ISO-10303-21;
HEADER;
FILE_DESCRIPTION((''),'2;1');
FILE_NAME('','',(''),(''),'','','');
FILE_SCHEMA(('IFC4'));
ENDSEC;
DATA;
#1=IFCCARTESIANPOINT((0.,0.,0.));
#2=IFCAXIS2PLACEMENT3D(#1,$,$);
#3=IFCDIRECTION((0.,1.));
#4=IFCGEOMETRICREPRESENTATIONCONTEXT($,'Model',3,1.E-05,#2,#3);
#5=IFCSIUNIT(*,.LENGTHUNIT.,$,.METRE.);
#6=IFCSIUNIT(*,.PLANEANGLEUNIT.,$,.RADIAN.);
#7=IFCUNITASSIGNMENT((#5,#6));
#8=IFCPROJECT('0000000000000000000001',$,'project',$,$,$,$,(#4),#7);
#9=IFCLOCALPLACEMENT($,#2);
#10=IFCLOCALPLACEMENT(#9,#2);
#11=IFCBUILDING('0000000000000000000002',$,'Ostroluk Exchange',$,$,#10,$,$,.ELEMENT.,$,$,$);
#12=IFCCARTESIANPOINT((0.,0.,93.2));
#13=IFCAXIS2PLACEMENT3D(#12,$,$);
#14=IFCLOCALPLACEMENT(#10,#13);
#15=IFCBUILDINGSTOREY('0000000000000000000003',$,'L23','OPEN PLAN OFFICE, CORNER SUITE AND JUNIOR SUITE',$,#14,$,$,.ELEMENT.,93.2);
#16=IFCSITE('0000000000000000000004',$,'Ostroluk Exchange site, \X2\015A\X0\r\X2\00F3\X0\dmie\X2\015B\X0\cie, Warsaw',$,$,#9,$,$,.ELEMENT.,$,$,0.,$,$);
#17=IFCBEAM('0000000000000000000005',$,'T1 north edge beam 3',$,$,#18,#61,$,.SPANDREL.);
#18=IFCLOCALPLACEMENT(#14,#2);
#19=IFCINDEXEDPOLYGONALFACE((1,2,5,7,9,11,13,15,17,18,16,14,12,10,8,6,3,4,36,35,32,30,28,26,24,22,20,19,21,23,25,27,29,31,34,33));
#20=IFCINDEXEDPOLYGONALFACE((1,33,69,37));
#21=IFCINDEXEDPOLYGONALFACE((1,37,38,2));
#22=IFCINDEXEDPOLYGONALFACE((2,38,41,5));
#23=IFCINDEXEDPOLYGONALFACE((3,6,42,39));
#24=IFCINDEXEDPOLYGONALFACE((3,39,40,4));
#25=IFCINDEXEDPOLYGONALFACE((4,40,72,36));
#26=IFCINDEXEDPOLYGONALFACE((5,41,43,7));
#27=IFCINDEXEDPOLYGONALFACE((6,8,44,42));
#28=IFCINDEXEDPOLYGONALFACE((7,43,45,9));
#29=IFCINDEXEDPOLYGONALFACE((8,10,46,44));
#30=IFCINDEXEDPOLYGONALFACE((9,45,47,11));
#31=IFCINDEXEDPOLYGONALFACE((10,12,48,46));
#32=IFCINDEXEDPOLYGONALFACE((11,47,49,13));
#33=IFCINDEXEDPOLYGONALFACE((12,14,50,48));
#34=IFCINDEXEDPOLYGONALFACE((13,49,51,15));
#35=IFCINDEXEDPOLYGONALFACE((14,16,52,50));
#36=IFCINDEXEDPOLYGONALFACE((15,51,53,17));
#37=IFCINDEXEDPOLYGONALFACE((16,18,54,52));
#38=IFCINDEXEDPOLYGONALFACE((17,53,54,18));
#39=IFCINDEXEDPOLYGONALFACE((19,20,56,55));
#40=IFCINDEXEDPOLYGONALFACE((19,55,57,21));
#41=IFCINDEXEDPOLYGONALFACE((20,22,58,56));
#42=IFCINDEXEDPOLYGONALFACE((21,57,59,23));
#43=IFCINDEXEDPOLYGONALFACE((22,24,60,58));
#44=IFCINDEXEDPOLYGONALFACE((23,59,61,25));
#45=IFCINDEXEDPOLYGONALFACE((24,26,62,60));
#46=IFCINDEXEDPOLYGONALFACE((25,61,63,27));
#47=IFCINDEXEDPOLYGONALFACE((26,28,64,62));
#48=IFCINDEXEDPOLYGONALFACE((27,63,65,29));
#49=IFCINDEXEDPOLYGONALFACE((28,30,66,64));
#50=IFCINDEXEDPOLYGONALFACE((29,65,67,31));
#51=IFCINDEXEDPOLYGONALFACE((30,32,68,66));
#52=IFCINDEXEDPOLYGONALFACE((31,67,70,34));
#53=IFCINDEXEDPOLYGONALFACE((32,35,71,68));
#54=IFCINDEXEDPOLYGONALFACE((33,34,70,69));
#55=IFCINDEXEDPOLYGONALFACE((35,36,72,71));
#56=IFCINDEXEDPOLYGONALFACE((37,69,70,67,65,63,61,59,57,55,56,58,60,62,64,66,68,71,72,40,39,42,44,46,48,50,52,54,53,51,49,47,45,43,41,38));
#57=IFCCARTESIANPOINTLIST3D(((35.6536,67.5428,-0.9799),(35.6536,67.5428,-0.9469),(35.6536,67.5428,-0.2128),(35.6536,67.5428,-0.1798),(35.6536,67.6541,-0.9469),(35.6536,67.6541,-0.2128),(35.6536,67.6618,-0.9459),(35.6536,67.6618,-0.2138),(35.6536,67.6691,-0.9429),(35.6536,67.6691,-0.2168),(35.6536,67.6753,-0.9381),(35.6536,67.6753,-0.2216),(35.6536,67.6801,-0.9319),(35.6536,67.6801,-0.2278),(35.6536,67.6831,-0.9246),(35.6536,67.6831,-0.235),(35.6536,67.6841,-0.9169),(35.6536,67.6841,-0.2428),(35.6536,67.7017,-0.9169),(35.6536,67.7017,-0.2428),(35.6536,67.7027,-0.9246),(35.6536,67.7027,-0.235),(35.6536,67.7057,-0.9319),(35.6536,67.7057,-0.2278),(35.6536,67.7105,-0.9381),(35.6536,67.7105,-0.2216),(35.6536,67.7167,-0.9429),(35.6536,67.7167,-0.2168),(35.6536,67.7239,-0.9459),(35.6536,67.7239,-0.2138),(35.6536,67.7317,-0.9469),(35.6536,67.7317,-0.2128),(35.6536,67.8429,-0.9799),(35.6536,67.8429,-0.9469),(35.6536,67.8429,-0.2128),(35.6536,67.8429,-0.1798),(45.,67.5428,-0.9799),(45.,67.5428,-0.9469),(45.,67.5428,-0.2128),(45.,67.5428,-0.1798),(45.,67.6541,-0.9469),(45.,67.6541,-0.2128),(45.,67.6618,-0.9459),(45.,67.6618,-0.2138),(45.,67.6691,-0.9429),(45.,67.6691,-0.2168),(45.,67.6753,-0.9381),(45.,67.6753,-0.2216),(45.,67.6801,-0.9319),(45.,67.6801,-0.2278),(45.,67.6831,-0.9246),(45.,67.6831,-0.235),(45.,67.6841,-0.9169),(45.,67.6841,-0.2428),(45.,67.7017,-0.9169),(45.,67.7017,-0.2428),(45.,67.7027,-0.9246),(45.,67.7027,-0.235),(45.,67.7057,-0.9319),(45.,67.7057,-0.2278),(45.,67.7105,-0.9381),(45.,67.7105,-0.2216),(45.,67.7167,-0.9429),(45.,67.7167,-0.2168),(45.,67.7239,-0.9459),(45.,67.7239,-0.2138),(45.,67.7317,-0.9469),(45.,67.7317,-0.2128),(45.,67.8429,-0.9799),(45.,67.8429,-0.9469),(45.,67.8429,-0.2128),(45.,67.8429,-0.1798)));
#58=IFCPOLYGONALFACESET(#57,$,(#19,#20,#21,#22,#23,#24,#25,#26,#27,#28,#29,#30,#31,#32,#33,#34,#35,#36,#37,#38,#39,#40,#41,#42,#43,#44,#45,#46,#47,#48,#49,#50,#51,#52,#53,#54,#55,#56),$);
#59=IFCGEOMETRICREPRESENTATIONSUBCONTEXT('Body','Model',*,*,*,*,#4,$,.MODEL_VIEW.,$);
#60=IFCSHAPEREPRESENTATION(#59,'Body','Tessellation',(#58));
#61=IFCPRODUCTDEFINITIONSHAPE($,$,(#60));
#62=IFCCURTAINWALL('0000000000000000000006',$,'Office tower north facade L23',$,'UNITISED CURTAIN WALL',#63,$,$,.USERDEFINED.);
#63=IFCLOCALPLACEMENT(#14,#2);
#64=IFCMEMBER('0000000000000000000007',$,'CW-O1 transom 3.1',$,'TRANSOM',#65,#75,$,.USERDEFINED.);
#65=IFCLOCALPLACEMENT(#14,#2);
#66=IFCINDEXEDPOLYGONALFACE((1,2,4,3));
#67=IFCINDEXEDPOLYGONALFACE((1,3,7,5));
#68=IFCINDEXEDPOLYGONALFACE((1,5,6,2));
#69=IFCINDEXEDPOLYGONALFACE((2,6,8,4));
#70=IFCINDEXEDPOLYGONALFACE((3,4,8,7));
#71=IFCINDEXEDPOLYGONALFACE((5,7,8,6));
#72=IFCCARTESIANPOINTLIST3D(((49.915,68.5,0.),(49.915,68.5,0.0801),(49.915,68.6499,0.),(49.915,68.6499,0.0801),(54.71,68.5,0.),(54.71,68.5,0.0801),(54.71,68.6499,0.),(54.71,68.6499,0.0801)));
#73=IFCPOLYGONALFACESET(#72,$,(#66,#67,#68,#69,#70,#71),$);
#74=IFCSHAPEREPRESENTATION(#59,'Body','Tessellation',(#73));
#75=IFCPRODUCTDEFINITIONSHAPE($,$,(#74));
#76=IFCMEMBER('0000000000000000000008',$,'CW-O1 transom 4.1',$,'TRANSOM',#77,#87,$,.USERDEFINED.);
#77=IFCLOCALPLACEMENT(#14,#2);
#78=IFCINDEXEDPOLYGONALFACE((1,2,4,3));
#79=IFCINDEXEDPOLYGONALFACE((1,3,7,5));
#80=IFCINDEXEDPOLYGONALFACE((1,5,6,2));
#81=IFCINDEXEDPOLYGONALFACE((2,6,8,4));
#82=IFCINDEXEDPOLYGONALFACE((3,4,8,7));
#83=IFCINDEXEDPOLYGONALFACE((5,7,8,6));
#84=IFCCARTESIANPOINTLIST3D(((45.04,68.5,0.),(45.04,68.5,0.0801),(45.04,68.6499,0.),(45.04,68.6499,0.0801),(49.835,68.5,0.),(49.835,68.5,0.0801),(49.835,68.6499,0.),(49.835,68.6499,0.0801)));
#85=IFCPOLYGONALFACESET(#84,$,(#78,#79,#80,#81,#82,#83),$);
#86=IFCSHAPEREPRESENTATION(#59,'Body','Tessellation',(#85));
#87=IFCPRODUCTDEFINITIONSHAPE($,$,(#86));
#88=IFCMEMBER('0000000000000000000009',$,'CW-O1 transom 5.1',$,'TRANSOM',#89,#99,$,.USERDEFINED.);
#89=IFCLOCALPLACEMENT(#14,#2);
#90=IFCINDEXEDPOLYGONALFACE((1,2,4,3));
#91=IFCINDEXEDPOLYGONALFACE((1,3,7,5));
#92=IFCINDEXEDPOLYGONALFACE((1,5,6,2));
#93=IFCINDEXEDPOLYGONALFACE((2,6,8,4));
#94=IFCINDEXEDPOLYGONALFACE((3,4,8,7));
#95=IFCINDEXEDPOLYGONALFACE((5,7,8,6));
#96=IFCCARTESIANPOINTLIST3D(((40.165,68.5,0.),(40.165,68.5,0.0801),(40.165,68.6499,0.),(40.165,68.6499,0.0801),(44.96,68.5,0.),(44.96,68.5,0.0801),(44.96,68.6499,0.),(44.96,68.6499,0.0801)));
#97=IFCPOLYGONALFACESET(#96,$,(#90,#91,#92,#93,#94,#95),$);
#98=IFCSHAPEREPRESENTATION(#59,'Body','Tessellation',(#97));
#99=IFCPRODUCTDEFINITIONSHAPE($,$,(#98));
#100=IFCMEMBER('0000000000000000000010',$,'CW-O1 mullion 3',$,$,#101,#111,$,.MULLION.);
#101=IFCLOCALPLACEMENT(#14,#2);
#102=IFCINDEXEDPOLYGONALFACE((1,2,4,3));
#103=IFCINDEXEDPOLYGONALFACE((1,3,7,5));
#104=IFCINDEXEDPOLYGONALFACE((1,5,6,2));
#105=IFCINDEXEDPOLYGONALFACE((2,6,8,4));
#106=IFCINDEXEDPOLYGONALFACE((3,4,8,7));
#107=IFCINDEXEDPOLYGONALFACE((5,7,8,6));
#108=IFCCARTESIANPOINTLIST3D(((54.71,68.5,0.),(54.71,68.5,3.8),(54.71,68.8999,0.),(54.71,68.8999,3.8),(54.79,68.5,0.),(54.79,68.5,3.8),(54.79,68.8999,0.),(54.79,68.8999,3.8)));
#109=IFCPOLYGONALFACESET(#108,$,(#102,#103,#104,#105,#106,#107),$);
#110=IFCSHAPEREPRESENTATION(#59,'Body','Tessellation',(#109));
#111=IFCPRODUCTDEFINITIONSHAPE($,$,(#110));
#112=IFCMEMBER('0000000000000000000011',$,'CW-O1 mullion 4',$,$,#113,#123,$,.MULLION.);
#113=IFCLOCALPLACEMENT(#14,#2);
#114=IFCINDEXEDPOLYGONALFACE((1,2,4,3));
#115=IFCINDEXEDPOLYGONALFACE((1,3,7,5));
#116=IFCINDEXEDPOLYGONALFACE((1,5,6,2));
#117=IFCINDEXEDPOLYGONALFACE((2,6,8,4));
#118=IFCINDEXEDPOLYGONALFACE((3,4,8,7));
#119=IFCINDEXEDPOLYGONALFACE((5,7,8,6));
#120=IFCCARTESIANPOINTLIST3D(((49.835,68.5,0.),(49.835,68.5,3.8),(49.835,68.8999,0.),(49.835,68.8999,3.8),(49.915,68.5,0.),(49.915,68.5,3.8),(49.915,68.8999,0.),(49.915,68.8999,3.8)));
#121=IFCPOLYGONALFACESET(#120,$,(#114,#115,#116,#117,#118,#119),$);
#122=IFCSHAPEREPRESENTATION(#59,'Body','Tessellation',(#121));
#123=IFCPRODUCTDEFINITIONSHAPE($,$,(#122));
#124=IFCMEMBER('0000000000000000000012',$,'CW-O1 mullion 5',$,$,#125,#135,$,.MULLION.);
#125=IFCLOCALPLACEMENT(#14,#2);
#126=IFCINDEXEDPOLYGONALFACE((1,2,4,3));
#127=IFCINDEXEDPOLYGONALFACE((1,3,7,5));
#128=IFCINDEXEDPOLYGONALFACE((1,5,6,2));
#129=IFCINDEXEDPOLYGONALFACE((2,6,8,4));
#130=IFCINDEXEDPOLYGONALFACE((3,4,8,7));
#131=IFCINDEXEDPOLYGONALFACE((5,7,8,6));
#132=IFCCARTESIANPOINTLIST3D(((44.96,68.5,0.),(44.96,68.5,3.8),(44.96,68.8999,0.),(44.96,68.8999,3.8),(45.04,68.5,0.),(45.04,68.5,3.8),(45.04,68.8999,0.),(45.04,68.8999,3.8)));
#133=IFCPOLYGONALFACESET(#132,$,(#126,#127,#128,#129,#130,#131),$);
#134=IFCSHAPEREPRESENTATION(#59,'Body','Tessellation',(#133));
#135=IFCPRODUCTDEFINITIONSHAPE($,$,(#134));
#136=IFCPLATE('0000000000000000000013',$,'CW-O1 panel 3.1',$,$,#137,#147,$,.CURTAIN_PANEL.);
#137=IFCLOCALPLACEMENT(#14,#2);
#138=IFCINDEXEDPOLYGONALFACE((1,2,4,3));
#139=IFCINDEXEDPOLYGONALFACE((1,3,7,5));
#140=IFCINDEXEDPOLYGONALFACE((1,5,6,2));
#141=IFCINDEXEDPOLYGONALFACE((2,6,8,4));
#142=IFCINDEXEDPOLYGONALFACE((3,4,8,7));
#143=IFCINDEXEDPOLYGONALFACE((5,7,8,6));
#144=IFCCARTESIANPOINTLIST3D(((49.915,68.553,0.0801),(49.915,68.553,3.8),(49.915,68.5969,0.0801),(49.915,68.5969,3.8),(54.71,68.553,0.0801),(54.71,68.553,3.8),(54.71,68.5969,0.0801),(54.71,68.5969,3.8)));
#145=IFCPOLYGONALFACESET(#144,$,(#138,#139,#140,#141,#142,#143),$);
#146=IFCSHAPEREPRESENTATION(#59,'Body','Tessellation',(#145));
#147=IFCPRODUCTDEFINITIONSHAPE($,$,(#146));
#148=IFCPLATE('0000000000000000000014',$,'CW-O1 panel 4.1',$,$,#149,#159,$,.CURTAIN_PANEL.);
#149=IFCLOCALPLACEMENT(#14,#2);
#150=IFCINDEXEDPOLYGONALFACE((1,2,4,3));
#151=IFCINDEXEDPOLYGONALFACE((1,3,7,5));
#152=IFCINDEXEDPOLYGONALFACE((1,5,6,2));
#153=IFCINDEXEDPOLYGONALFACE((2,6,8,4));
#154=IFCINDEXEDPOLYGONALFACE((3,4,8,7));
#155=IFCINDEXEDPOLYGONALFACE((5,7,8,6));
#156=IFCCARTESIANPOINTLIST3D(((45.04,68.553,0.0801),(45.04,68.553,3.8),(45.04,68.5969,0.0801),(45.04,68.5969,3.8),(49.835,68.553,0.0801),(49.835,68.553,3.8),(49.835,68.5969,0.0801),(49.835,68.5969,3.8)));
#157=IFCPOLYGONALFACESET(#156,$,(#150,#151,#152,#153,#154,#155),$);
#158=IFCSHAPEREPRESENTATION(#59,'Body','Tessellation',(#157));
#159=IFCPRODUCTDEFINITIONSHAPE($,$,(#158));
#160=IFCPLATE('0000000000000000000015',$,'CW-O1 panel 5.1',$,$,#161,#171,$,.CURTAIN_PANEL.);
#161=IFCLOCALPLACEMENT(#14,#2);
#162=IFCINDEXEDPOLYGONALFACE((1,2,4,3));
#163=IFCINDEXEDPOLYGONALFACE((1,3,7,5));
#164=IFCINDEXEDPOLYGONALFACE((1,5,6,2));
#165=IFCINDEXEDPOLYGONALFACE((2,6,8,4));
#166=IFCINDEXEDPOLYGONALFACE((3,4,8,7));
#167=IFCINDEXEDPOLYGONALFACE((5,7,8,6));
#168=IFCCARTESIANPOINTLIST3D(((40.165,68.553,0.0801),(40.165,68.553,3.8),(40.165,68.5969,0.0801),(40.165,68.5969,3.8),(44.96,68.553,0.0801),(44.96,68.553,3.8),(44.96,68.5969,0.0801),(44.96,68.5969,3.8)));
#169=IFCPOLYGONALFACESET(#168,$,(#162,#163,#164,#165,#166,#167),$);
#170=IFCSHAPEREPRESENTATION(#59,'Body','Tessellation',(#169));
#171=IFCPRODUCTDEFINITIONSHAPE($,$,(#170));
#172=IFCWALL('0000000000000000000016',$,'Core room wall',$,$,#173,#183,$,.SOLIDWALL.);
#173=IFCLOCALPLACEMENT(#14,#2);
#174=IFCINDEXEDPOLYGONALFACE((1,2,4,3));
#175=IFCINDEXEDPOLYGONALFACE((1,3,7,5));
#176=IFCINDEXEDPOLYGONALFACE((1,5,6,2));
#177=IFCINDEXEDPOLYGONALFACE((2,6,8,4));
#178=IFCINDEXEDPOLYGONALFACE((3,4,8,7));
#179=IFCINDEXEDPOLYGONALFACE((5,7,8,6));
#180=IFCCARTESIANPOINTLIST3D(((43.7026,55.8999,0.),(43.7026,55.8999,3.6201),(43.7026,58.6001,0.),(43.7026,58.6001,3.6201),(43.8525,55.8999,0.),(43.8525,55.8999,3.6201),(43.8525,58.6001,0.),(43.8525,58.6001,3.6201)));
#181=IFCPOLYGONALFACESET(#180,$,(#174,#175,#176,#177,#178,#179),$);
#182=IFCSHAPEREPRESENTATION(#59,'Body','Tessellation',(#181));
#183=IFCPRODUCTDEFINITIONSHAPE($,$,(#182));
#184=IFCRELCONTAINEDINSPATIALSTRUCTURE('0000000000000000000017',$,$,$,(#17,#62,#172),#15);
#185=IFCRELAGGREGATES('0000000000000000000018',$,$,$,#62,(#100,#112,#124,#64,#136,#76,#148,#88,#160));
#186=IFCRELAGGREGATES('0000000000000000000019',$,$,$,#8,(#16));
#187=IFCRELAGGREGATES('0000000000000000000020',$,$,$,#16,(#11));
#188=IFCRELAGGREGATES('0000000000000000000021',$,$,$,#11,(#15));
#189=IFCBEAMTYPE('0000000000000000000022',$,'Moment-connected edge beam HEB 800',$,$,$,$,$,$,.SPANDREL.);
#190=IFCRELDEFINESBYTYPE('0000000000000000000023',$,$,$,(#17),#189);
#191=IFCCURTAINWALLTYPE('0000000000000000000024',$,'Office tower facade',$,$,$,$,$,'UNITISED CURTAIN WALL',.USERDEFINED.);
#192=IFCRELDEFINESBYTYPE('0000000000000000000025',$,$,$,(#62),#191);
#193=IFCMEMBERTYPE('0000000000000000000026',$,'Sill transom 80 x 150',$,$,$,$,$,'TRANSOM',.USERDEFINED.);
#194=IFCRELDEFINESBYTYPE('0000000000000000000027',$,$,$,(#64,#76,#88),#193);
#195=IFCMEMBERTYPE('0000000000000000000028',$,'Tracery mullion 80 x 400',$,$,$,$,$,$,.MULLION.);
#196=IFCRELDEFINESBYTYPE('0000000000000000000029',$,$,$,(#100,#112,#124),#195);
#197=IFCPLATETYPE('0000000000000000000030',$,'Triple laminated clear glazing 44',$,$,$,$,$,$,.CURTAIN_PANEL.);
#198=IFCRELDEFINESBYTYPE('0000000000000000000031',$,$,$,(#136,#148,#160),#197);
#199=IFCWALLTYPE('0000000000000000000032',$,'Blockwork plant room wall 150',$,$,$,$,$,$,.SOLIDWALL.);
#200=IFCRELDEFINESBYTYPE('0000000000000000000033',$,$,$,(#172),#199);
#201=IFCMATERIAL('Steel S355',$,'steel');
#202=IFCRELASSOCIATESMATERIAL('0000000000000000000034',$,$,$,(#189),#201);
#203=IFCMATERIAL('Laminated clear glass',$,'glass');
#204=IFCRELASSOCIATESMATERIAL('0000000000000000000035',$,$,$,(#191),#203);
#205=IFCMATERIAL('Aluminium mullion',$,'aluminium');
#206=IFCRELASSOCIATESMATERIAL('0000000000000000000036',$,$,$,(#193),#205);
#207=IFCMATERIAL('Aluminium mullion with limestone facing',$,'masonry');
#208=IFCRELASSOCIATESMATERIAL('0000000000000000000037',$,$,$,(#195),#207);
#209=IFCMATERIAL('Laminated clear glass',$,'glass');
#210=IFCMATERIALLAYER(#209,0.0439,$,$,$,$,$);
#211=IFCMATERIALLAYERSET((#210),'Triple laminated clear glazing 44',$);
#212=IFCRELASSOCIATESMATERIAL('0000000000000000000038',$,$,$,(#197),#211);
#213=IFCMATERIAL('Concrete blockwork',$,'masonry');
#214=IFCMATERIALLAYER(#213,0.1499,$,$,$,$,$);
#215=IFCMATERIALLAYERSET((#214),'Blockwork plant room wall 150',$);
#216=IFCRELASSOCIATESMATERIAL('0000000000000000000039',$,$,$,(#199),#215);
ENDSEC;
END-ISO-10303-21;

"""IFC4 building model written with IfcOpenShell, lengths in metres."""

from ifc_helpers import new_model, si_unit, direction, frame, frame_2d, origin, origin_2d, place, context, subcontext, project, spatial, rectangle, i_section, extrude, material, layer, layer_set, material_profile, profile_set, type_object, element, aggregate, save


model = new_model("IFC4")

# Units and contexts
model_context = context("Model", 3, precision=1e-05, world=origin(), true_north=direction((0.0, 1.0)))
body_context = subcontext(model_context, "Body", "Model", "MODEL_VIEW")
ifc_project = project(units=[si_unit("LENGTHUNIT", "METRE"), si_unit("PLANEANGLEUNIT", "RADIAN")], contexts=[model_context])

# Site, building, storey
site_placement = place(None, origin())
site = spatial("IfcSite", under=ifc_project, at=site_placement, Name="Ostroluk Exchange site, Śródmieście, Warsaw", CompositionType="ELEMENT", RefElevation=0.0)
building_placement = place(site_placement, origin())
building = spatial("IfcBuilding", under=site, at=building_placement, Name="Ostroluk Exchange", CompositionType="ELEMENT")
storey_placement = place(building_placement, frame((0.0, 0.0, 93.2)))
storey = spatial("IfcBuildingStorey", under=building, at=storey_placement, Name="L23", Description="OPEN PLAN OFFICE, CORNER SUITE AND JUNIOR SUITE", CompositionType="ELEMENT", Elevation=93.2)

# Beam
ifc_material_1 = material(Name="Steel S355", Category="steel")
ifc_material_profile_1 = material_profile(ifc_material_1, i_section(OverallWidth=0.3, OverallDepth=0.8, WebThickness=0.0176, FlangeThickness=0.033, FilletRadius=0.03, at=origin_2d()), Name="HEB 800")
ifc_profile_set_1 = profile_set([ifc_material_profile_1], Name="Steel S355")
beam_type_1 = type_object("IfcBeamType", Name="Moment-connected edge beam HEB 800", PredefinedType="SPANDREL", material=ifc_profile_set_1)
for number, where, z_axis, x_axis, name in (
    (1, (45.0, 67.6929, -0.5798), (-1.0, 0.0, 0.0), (0.0, -1.0, 0.0), "T1 north edge beam 3"),
):
    element("IfcBeam", number, at=place(storey_placement, frame(where, z_axis=z_axis, x_axis=x_axis)), inside=storey, type_object=beam_type_1, Name=name, PredefinedType="SPANDREL", context=body_context, shape_type="SweptSolid", body=[
        extrude(i_section(OverallWidth=0.3, OverallDepth=0.8, WebThickness=0.0176, FlangeThickness=0.033, FilletRadius=0.03, at=origin_2d()), origin(), (0.0, 0.0, 1.0), 9.3464),
    ])

# Curtain wall, members, plates
ifc_material_2 = material(Name="Laminated clear glass", Category="glass")
curtain_wall_type = type_object("IfcCurtainWallType", Name="Office tower facade", ElementType="UNITISED CURTAIN WALL", PredefinedType="USERDEFINED", material=ifc_material_2)
curtain_wall_placement = place(storey_placement, origin())
curtain_wall = element("IfcCurtainWall", 2, at=curtain_wall_placement, inside=storey, type_object=curtain_wall_type, Name="Office tower north facade L23", ObjectType="UNITISED CURTAIN WALL", PredefinedType="USERDEFINED")
ifc_material_3 = material(Name="Aluminium mullion", Category="aluminium")
ifc_material_profile_2 = material_profile(ifc_material_3, rectangle(XDim=0.1499, YDim=0.0801, at=origin_2d()), Name="Sill transom 80 x 150")
ifc_profile_set_2 = profile_set([ifc_material_profile_2], Name="Aluminium mullion")
member_type_1 = type_object("IfcMemberType", Name="Sill transom 80 x 150", ElementType="TRANSOM", PredefinedType="USERDEFINED", material=ifc_profile_set_2)
member_1_placement = place(storey_placement, frame((54.71, 68.575, 0.04), z_axis=(-1.0, 0.0, 0.0), x_axis=(0.0, -1.0, 0.0)))
member_1 = element("IfcMember", 3, at=member_1_placement, type_object=member_type_1, Name="CW-O1 transom 3.1", ObjectType="TRANSOM", PredefinedType="USERDEFINED", context=body_context, shape_type="SweptSolid", body=[
    extrude(rectangle(XDim=0.1499, YDim=0.0801, at=origin_2d()), origin(), (0.0, 0.0, 1.0), 4.7949),
])
member_2_placement = place(storey_placement, frame((49.835, 68.575, 0.04), z_axis=(-1.0, 0.0, 0.0), x_axis=(0.0, -1.0, 0.0)))
member_2 = element("IfcMember", 4, at=member_2_placement, type_object=member_type_1, Name="CW-O1 transom 4.1", ObjectType="TRANSOM", PredefinedType="USERDEFINED", context=body_context, shape_type="SweptSolid", body=[
    extrude(rectangle(XDim=0.1499, YDim=0.0801, at=origin_2d()), origin(), (0.0, 0.0, 1.0), 4.7949),
])
member_3_placement = place(storey_placement, frame((44.96, 68.575, 0.04), z_axis=(-1.0, 0.0, 0.0), x_axis=(0.0, -1.0, 0.0)))
member_3 = element("IfcMember", 5, at=member_3_placement, type_object=member_type_1, Name="CW-O1 transom 5.1", ObjectType="TRANSOM", PredefinedType="USERDEFINED", context=body_context, shape_type="SweptSolid", body=[
    extrude(rectangle(XDim=0.1499, YDim=0.0801, at=origin_2d()), origin(), (0.0, 0.0, 1.0), 4.7949),
])
ifc_material_4 = material(Name="Aluminium mullion with limestone facing", Category="masonry")
ifc_material_profile_3 = material_profile(ifc_material_4, rectangle(XDim=0.3999, YDim=0.0801, at=origin_2d()), Name="Tracery mullion 80 x 400")
ifc_profile_set_3 = profile_set([ifc_material_profile_3], Name="Aluminium mullion with limestone facing")
member_type_2 = type_object("IfcMemberType", Name="Tracery mullion 80 x 400", PredefinedType="MULLION", material=ifc_profile_set_3)
member_4_placement = place(storey_placement, frame((54.75, 68.7, 0.0), z_axis=(0.0, 0.0, 1.0), x_axis=(0.0, -1.0, 0.0)))
member_4 = element("IfcMember", 6, at=member_4_placement, type_object=member_type_2, Name="CW-O1 mullion 3", PredefinedType="MULLION", context=body_context, shape_type="SweptSolid", body=[
    extrude(rectangle(XDim=0.3999, YDim=0.0801, at=origin_2d()), origin(), (0.0, 0.0, 1.0), 3.8),
])
member_5_placement = place(storey_placement, frame((49.875, 68.7, 0.0), z_axis=(0.0, 0.0, 1.0), x_axis=(0.0, -1.0, 0.0)))
member_5 = element("IfcMember", 7, at=member_5_placement, type_object=member_type_2, Name="CW-O1 mullion 4", PredefinedType="MULLION", context=body_context, shape_type="SweptSolid", body=[
    extrude(rectangle(XDim=0.3999, YDim=0.0801, at=origin_2d()), origin(), (0.0, 0.0, 1.0), 3.8),
])
member_6_placement = place(storey_placement, frame((45.0, 68.7, 0.0), z_axis=(0.0, 0.0, 1.0), x_axis=(0.0, -1.0, 0.0)))
member_6 = element("IfcMember", 8, at=member_6_placement, type_object=member_type_2, Name="CW-O1 mullion 5", PredefinedType="MULLION", context=body_context, shape_type="SweptSolid", body=[
    extrude(rectangle(XDim=0.3999, YDim=0.0801, at=origin_2d()), origin(), (0.0, 0.0, 1.0), 3.8),
])
ifc_material_5 = material(Name="Laminated clear glass", Category="glass")
ifc_layer_1 = layer(ifc_material_5, 0.0439)
ifc_layer_set_1 = layer_set([ifc_layer_1], Name="Triple laminated clear glazing 44")
plate_type = type_object("IfcPlateType", Name="Triple laminated clear glazing 44", PredefinedType="CURTAIN_PANEL", material=ifc_layer_set_1)
plate_1_placement = place(storey_placement, frame((52.3125, 68.575, 0.0801), z_axis=(0.0, 0.0, 1.0), x_axis=(-1.0, 0.0, 0.0)))
plate_1 = element("IfcPlate", 9, at=plate_1_placement, type_object=plate_type, Name="CW-O1 panel 3.1", PredefinedType="CURTAIN_PANEL", context=body_context, shape_type="SweptSolid", body=[
    extrude(rectangle(XDim=4.7949, YDim=0.0439, at=origin_2d()), origin(), (0.0, 0.0, 1.0), 3.72),
])
plate_2_placement = place(storey_placement, frame((47.4375, 68.575, 0.0801), z_axis=(0.0, 0.0, 1.0), x_axis=(-1.0, 0.0, 0.0)))
plate_2 = element("IfcPlate", 10, at=plate_2_placement, type_object=plate_type, Name="CW-O1 panel 4.1", PredefinedType="CURTAIN_PANEL", context=body_context, shape_type="SweptSolid", body=[
    extrude(rectangle(XDim=4.7949, YDim=0.0439, at=origin_2d()), origin(), (0.0, 0.0, 1.0), 3.72),
])
plate_3_placement = place(storey_placement, frame((42.5625, 68.575, 0.0801), z_axis=(0.0, 0.0, 1.0), x_axis=(-1.0, 0.0, 0.0)))
plate_3 = element("IfcPlate", 11, at=plate_3_placement, type_object=plate_type, Name="CW-O1 panel 5.1", PredefinedType="CURTAIN_PANEL", context=body_context, shape_type="SweptSolid", body=[
    extrude(rectangle(XDim=4.7949, YDim=0.0439, at=origin_2d()), origin(), (0.0, 0.0, 1.0), 3.72),
])
aggregate(curtain_wall, [member_4, member_5, member_6, member_1, plate_1, member_2, plate_2, member_3, plate_3])

# Wall
ifc_material_6 = material(Name="Concrete blockwork", Category="masonry")
ifc_layer_2 = layer(ifc_material_6, 0.1499)
ifc_layer_set_2 = layer_set([ifc_layer_2], Name="Blockwork plant room wall 150")
wall_type_1 = type_object("IfcWallType", Name="Blockwork plant room wall 150", PredefinedType="SOLIDWALL", material=ifc_layer_set_2)
wall_placement = place(storey_placement, frame((43.7776, 55.8999, 0.0), z_axis=(0.0, 0.0, 1.0), x_axis=(0.0, 1.0, 0.0)))
element("IfcWall", 12, at=wall_placement, inside=storey, type_object=wall_type_1, Name="Core room wall", PredefinedType="SOLIDWALL", context=body_context, shape_type="SweptSolid", body=[
    extrude(rectangle(XDim=2.7002, YDim=0.1499, at=frame_2d((1.3501, 0.0))), origin(), (0.0, 0.0, 1.0), 3.6201),
])

save(model, "model.ifc")
